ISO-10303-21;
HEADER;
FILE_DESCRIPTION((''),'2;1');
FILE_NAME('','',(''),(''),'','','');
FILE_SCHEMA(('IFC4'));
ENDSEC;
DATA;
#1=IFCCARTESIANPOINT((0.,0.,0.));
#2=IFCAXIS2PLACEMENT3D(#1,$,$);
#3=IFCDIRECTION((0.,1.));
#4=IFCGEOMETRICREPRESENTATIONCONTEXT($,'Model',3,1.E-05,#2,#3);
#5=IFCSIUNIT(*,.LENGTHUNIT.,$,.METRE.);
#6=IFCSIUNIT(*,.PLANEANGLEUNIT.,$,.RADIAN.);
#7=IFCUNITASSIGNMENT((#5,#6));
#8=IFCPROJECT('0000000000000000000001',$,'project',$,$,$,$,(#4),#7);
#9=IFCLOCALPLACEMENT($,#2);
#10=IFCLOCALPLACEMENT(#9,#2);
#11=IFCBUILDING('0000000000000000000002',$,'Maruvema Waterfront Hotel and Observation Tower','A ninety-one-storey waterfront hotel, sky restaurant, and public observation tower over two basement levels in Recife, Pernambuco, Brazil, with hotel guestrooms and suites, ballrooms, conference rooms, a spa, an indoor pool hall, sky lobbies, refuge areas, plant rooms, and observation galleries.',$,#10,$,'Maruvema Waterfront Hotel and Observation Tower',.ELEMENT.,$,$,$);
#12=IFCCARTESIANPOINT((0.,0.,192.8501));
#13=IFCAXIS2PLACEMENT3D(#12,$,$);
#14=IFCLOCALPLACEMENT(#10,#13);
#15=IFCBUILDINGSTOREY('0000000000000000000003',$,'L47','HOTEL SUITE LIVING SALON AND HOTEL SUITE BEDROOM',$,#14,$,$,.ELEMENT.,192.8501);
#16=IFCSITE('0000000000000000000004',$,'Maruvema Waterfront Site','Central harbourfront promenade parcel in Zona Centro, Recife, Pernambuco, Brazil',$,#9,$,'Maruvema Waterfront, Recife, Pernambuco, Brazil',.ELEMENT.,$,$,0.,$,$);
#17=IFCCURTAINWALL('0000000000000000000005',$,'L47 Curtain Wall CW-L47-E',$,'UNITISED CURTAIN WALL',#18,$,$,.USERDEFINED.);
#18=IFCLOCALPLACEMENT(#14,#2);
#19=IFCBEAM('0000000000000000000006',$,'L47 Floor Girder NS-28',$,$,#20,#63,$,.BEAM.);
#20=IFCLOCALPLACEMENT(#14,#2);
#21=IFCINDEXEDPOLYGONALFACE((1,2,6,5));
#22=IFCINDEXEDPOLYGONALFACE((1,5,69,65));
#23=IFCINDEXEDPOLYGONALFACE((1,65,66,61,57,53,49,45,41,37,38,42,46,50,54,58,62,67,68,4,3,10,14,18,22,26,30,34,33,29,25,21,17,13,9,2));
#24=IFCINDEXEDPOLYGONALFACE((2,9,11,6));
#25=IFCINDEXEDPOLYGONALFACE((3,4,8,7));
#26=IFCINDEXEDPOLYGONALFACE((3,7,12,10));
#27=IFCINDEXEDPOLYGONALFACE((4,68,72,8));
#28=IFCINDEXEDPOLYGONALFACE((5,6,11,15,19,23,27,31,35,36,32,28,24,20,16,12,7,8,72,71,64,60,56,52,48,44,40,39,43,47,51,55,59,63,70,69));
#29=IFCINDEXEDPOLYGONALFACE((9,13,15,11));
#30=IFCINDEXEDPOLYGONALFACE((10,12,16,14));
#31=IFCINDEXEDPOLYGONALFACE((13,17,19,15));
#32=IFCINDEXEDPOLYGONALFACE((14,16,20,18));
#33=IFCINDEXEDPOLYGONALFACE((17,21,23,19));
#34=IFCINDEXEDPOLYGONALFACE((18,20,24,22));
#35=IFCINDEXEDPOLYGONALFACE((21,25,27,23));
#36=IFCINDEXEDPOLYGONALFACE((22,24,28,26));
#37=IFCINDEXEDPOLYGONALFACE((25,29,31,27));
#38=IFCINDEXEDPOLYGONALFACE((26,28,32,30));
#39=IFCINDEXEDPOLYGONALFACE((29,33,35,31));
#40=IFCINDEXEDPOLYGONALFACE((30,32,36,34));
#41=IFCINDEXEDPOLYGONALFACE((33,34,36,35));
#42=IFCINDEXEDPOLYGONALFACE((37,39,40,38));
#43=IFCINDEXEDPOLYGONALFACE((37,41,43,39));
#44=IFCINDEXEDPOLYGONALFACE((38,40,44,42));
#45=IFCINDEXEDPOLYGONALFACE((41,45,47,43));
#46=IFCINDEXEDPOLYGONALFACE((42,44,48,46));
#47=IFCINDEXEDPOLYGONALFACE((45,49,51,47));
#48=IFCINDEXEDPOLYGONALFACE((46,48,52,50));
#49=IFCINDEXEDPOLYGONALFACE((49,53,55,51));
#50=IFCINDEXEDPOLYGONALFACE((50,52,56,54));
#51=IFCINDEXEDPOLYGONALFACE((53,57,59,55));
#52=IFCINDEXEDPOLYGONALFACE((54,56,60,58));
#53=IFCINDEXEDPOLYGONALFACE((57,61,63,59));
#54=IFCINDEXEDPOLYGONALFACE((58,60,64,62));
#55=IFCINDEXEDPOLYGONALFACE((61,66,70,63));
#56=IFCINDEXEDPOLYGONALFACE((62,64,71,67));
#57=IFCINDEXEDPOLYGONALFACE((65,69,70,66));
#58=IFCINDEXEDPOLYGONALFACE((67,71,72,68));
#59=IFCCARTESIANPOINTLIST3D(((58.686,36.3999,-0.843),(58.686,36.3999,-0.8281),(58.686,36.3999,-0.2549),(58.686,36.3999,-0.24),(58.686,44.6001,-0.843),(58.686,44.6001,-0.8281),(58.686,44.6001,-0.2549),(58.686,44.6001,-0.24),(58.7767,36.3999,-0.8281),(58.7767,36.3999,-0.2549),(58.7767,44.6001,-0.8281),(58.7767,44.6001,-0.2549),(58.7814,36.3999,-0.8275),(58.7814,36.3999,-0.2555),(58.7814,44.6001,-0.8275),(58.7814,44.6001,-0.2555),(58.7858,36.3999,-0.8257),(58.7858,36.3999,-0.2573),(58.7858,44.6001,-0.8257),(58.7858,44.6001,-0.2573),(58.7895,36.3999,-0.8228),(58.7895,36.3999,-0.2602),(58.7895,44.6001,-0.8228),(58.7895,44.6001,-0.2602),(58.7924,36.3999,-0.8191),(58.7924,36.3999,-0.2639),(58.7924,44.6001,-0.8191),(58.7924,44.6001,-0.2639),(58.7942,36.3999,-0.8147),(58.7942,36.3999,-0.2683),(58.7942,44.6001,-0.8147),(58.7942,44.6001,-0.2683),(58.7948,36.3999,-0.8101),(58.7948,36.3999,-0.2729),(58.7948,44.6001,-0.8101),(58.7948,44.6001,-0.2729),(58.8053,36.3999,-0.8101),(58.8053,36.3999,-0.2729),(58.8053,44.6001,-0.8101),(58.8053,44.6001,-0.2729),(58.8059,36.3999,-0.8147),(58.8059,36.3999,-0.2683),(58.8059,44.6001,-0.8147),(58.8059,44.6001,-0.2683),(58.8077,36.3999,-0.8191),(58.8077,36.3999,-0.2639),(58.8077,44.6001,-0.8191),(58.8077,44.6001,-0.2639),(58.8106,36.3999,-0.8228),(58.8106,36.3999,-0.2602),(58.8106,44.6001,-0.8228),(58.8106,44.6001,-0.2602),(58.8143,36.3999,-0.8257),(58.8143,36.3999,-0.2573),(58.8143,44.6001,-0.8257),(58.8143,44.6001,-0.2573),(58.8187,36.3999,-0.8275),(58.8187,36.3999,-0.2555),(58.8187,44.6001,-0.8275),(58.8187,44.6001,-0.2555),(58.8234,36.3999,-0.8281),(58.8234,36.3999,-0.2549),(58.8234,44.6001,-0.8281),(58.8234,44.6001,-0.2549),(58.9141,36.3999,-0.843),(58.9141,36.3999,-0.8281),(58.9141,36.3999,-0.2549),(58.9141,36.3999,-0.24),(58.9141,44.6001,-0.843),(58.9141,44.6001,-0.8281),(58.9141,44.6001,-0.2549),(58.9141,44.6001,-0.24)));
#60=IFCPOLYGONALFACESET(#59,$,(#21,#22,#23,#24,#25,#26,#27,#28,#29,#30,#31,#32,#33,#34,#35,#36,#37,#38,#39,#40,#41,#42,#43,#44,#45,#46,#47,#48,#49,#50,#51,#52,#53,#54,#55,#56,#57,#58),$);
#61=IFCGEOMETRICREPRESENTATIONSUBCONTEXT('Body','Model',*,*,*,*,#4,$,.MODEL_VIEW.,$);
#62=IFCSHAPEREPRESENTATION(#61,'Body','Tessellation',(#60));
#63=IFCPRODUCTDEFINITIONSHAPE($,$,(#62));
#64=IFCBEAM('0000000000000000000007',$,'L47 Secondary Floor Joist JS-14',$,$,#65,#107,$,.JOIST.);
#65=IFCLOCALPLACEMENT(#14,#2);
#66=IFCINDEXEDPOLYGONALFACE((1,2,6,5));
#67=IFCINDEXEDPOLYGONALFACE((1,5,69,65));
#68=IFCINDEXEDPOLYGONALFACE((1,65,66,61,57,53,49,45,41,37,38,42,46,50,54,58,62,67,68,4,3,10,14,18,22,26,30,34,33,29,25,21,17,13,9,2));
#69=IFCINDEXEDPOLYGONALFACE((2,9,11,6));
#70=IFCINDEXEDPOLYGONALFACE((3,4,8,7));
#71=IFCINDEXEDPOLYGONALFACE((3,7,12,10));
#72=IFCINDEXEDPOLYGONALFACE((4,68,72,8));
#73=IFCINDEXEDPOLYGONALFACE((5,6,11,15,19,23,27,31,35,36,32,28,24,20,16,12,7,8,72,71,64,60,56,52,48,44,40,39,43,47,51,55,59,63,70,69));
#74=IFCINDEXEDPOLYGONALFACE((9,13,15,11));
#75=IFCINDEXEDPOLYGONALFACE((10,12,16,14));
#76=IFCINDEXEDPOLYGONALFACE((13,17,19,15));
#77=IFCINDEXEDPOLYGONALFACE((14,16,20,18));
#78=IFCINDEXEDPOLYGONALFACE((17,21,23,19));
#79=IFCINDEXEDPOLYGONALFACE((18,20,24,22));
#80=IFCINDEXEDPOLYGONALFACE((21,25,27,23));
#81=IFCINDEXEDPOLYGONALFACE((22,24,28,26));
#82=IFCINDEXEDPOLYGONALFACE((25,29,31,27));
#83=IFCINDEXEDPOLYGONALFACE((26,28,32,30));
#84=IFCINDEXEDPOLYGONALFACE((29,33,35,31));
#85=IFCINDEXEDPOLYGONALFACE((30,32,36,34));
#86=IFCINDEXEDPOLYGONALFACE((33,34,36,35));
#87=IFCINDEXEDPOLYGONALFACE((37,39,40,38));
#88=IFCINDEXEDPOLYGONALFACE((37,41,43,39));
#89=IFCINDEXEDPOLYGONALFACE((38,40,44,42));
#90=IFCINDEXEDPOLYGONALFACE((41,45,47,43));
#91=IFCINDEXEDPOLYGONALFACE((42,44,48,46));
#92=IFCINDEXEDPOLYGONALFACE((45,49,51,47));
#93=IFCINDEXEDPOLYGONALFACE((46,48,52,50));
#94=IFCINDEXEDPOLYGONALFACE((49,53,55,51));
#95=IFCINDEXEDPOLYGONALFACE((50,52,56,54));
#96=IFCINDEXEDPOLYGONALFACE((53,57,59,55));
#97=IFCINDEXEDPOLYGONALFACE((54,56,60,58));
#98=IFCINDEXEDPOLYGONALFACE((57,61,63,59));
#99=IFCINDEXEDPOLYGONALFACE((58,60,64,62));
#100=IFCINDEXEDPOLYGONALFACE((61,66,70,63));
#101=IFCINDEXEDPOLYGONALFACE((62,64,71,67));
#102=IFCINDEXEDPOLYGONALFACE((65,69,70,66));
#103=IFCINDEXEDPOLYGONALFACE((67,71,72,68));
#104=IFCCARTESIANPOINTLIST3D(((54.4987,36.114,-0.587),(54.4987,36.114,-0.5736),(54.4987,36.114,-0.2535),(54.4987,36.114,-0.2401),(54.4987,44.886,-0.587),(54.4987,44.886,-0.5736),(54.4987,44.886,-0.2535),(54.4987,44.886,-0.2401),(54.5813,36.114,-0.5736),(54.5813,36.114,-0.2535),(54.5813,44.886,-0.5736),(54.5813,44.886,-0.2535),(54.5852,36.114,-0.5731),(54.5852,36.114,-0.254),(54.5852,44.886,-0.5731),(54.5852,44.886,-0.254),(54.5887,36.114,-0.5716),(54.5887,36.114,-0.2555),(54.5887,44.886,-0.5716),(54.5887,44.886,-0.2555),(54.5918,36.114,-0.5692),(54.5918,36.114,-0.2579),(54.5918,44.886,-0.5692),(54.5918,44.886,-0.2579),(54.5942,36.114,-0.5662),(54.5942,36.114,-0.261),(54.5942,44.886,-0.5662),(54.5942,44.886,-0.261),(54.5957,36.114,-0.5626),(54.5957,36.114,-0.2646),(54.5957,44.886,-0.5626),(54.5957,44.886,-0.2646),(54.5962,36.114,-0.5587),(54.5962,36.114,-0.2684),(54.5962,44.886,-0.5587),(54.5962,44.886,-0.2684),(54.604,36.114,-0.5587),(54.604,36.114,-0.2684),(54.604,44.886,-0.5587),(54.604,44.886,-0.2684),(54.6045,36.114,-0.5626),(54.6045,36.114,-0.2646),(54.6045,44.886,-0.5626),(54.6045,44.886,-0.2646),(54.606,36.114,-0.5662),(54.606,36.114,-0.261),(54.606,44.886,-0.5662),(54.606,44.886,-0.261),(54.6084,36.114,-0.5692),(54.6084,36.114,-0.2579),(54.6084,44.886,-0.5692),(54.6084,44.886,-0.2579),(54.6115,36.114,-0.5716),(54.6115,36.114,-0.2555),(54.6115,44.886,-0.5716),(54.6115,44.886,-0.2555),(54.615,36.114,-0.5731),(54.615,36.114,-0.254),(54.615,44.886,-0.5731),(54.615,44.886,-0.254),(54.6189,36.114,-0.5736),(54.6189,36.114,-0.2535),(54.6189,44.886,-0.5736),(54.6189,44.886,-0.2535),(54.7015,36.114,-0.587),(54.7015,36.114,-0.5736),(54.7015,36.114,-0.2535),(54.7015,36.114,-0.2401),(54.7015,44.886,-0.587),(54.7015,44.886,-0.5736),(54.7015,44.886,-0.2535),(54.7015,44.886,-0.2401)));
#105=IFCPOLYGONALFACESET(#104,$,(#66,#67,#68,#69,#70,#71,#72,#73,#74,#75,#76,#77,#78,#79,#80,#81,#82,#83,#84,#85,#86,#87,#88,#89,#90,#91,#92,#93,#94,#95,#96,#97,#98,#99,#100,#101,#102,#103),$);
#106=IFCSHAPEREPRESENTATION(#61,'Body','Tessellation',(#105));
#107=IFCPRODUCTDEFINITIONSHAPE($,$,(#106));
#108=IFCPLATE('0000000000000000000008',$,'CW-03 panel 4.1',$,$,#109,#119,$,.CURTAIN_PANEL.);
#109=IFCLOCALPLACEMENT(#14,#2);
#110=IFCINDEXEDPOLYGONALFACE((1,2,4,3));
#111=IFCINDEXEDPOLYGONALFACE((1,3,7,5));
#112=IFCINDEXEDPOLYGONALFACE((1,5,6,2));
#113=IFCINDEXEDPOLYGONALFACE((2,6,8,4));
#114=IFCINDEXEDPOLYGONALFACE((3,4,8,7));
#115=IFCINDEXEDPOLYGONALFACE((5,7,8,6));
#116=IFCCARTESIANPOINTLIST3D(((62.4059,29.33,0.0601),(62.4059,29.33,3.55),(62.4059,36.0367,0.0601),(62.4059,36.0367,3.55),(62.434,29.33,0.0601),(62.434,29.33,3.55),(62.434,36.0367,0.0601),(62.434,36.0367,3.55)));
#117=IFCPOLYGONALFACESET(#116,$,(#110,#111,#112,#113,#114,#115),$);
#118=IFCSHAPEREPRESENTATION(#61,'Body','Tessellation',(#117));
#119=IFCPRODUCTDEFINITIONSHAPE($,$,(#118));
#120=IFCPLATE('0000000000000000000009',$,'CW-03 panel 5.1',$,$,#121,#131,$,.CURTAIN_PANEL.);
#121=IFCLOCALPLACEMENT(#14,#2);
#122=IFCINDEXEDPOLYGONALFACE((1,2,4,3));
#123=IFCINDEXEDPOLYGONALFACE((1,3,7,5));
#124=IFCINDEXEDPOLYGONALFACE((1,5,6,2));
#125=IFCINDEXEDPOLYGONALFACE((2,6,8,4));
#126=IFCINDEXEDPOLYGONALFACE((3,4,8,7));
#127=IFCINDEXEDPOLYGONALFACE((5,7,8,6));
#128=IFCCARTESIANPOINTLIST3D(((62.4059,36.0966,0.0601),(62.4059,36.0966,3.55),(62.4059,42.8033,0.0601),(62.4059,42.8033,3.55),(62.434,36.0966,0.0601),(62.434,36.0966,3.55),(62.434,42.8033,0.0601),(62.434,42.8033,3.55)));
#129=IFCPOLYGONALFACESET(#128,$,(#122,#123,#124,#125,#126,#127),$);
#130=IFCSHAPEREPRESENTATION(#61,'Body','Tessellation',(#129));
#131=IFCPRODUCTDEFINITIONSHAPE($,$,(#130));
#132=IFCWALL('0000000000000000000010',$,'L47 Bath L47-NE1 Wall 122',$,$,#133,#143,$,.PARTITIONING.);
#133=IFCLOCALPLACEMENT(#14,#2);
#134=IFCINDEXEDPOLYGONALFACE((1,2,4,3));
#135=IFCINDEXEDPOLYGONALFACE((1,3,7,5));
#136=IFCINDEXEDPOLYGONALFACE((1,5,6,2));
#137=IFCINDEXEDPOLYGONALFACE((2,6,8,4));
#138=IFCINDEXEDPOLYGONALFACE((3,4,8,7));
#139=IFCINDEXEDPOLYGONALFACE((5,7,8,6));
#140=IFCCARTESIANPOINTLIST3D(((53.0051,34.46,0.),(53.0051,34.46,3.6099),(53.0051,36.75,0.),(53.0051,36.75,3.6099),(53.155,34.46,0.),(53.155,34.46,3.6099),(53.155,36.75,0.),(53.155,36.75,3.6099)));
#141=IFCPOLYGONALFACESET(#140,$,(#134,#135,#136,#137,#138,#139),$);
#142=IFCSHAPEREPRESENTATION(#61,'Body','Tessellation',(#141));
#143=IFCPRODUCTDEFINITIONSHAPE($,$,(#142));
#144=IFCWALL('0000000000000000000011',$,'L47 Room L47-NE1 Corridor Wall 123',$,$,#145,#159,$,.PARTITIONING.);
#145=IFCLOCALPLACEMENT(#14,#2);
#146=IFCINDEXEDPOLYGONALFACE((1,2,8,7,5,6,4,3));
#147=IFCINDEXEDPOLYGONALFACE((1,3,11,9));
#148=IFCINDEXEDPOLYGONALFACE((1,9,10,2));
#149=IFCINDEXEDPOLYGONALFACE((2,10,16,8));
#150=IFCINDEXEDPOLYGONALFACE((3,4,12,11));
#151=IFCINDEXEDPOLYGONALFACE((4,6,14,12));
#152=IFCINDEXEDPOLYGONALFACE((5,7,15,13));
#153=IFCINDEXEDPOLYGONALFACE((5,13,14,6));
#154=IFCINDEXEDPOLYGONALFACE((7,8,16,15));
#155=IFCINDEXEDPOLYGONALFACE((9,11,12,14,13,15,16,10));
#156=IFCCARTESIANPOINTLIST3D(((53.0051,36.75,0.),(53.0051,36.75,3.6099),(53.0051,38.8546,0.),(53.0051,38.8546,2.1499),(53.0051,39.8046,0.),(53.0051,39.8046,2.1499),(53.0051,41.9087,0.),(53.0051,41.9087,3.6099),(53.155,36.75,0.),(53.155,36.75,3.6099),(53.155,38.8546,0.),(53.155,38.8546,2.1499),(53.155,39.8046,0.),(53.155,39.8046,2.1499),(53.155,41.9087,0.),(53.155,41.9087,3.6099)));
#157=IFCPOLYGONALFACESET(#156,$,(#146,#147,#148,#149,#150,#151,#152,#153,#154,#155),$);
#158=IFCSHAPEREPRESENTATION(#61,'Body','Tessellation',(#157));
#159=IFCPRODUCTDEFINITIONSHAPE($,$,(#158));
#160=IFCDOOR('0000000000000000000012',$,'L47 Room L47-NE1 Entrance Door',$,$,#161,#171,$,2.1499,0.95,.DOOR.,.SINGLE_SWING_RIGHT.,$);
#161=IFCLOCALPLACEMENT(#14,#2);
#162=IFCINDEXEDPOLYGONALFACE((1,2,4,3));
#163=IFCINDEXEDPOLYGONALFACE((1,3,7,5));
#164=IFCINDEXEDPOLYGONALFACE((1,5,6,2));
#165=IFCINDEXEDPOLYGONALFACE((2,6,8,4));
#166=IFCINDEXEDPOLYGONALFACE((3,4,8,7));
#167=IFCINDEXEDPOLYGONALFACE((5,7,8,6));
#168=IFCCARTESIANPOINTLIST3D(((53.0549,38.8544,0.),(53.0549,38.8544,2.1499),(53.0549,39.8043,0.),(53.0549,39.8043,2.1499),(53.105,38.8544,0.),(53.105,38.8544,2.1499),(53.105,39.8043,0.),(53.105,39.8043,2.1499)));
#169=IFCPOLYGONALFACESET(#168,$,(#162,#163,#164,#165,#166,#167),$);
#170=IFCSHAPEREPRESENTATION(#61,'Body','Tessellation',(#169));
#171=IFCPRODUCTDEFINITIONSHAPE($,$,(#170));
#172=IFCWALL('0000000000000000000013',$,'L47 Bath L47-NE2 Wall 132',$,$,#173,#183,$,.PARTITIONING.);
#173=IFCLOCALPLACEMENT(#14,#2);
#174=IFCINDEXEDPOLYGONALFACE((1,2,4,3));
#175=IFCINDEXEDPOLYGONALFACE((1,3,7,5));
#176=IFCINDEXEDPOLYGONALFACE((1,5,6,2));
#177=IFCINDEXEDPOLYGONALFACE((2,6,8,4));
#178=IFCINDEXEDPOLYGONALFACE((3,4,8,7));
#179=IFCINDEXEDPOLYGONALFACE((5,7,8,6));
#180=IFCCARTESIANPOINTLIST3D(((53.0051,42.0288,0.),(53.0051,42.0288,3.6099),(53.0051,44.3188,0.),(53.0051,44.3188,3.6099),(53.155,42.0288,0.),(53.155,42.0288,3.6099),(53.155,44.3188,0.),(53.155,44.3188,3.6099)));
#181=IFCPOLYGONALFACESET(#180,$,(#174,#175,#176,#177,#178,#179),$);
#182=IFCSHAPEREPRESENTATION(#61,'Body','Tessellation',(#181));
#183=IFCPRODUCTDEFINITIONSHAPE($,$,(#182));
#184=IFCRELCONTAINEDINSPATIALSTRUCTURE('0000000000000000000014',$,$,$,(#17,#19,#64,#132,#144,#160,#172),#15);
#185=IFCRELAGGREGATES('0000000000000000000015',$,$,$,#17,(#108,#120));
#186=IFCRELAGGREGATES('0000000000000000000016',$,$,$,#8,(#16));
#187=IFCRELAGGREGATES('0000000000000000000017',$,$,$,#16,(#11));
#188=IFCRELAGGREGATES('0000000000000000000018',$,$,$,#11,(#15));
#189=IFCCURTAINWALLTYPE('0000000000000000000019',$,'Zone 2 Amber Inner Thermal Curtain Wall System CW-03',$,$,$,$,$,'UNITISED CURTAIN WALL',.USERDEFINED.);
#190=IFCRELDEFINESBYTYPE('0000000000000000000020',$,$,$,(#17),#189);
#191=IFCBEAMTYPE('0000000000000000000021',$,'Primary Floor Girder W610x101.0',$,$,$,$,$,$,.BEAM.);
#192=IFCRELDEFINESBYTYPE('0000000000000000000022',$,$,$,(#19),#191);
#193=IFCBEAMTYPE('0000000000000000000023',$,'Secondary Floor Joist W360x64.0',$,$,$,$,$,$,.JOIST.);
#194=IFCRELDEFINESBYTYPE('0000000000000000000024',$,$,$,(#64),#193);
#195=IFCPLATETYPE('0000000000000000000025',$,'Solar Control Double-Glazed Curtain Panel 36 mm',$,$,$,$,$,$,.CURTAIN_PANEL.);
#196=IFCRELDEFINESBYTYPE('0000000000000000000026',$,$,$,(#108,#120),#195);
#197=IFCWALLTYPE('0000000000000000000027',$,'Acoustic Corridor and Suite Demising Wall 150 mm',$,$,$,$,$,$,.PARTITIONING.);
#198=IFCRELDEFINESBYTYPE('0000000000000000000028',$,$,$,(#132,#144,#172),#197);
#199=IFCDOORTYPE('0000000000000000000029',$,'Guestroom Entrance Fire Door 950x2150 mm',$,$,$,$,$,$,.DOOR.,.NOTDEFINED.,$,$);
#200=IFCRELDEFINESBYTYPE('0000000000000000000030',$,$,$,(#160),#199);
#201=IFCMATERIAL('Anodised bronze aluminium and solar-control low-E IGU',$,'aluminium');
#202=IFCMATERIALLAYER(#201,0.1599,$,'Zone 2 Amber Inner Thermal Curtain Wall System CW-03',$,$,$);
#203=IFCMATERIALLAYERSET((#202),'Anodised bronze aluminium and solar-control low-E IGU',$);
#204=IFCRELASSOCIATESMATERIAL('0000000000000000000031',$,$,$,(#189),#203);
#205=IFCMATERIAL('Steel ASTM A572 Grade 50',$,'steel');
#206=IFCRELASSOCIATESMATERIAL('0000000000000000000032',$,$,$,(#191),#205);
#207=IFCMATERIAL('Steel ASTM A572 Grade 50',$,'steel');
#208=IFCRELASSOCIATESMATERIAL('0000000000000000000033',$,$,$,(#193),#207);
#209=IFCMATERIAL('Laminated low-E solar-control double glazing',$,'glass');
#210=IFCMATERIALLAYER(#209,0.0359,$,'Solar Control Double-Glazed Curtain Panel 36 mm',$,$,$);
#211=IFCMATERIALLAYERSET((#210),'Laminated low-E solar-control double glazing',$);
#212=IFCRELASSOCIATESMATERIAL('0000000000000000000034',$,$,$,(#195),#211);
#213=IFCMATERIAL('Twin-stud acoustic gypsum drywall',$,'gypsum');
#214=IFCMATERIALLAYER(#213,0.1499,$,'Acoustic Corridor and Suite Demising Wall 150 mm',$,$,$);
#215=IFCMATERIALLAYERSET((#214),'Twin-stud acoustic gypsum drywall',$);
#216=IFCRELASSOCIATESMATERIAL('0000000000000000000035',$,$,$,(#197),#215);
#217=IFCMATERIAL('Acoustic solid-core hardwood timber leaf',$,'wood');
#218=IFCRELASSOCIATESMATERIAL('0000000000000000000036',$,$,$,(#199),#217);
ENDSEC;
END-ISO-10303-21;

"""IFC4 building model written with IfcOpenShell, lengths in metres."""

from ifc_helpers import new_model, si_unit, direction, frame, frame_2d, origin, origin_2d, place, context, subcontext, project, spatial, rectangle, i_section, extrude, material, layer, layer_set, material_profile, profile_set, type_object, element, fill, aggregate, save


model = new_model("IFC4")

# Units and contexts
model_context = context("Model", 3, precision=1e-05, world=origin(), true_north=direction((0.0, 1.0)))
body_context = subcontext(model_context, "Body", "Model", "MODEL_VIEW")
ifc_project = project(units=[si_unit("LENGTHUNIT", "METRE"), si_unit("PLANEANGLEUNIT", "RADIAN")], contexts=[model_context])

# Site, building, storey
site_placement = place(None, origin())
site = spatial("IfcSite", under=ifc_project, at=site_placement, Name="Maruvema Waterfront Site", Description="Central harbourfront promenade parcel in Zona Centro, Recife, Pernambuco, Brazil", LongName="Maruvema Waterfront, Recife, Pernambuco, Brazil", CompositionType="ELEMENT", RefElevation=0.0)
building_placement = place(site_placement, origin())
building = spatial("IfcBuilding", under=site, at=building_placement, Name="Maruvema Waterfront Hotel and Observation Tower", Description="A ninety-one-storey waterfront hotel, sky restaurant, and public observation tower over two basement levels in Recife, Pernambuco, Brazil, with hotel guestrooms and suites, ballrooms, conference rooms, a spa, an indoor pool hall, sky lobbies, refuge areas, plant rooms, and observation galleries.", LongName="Maruvema Waterfront Hotel and Observation Tower", CompositionType="ELEMENT")
storey_placement = place(building_placement, frame((0.0, 0.0, 192.8501)))
storey = spatial("IfcBuildingStorey", under=building, at=storey_placement, Name="L47", Description="HOTEL SUITE LIVING SALON AND HOTEL SUITE BEDROOM", CompositionType="ELEMENT", Elevation=192.8501)

# Curtain wall
ifc_material_1 = material(Name="Anodised bronze aluminium and solar-control low-E IGU", Category="aluminium")
ifc_layer_1 = layer(ifc_material_1, 0.1599, Name="Zone 2 Amber Inner Thermal Curtain Wall System CW-03")
ifc_layer_set_1 = layer_set([ifc_layer_1], Name="Anodised bronze aluminium and solar-control low-E IGU")
curtain_wall_type = type_object("IfcCurtainWallType", Name="Zone 2 Amber Inner Thermal Curtain Wall System CW-03", ElementType="UNITISED CURTAIN WALL", PredefinedType="USERDEFINED", material=ifc_layer_set_1)
curtain_wall_placement = place(storey_placement, origin())
curtain_wall = element("IfcCurtainWall", 1, at=curtain_wall_placement, inside=storey, type_object=curtain_wall_type, Name="L47 Curtain Wall CW-L47-E", ObjectType="UNITISED CURTAIN WALL", PredefinedType="USERDEFINED")

# Beams
ifc_material_2 = material(Name="Steel ASTM A572 Grade 50", Category="steel")
ifc_material_profile_1 = material_profile(ifc_material_2, i_section(OverallWidth=0.228, OverallDepth=0.603, WebThickness=0.0105, FlangeThickness=0.0149, FilletRadius=0.0181, at=origin_2d()), Name="W610x101.0")
ifc_profile_set_1 = profile_set([ifc_material_profile_1], Name="Steel ASTM A572 Grade 50")
beam_type_1 = type_object("IfcBeamType", Name="Primary Floor Girder W610x101.0", PredefinedType="BEAM", material=ifc_profile_set_1)
beam_1_placement = place(storey_placement, frame((58.8, 36.3999, -0.5415), z_axis=(0.0, 1.0, 0.0), x_axis=(-1.0, 0.0, 0.0)))
element("IfcBeam", 2, at=beam_1_placement, inside=storey, type_object=beam_type_1, Name="L47 Floor Girder NS-28", PredefinedType="BEAM", context=body_context, shape_type="SweptSolid", body=[
    extrude(i_section(OverallWidth=0.228, OverallDepth=0.603, WebThickness=0.0105, FlangeThickness=0.0149, FilletRadius=0.0181, at=origin_2d()), origin(), (0.0, 0.0, 1.0), 8.2002),
])
ifc_material_3 = material(Name="Steel ASTM A572 Grade 50", Category="steel")
ifc_material_profile_2 = material_profile(ifc_material_3, i_section(OverallWidth=0.2029, OverallDepth=0.3469, WebThickness=0.0078, FlangeThickness=0.0134, FilletRadius=0.0149, at=origin_2d()), Name="W360x64.0")
ifc_profile_set_2 = profile_set([ifc_material_profile_2], Name="Steel ASTM A572 Grade 50")
beam_type_2 = type_object("IfcBeamType", Name="Secondary Floor Joist W360x64.0", PredefinedType="JOIST", material=ifc_profile_set_2)
beam_2_placement = place(storey_placement, frame((54.6001, 36.114, -0.4136), z_axis=(0.0, 1.0, 0.0), x_axis=(-1.0, 0.0, 0.0)))
element("IfcBeam", 3, at=beam_2_placement, inside=storey, type_object=beam_type_2, Name="L47 Secondary Floor Joist JS-14", PredefinedType="JOIST", context=body_context, shape_type="SweptSolid", body=[
    extrude(i_section(OverallWidth=0.2029, OverallDepth=0.3469, WebThickness=0.0078, FlangeThickness=0.0134, FilletRadius=0.0149, at=origin_2d()), origin(), (0.0, 0.0, 1.0), 8.772),
])

# Plates
ifc_material_4 = material(Name="Laminated low-E solar-control double glazing", Category="glass")
ifc_layer_2 = layer(ifc_material_4, 0.0359, Name="Solar Control Double-Glazed Curtain Panel 36 mm")
ifc_layer_set_2 = layer_set([ifc_layer_2], Name="Laminated low-E solar-control double glazing")
plate_type = type_object("IfcPlateType", Name="Solar Control Double-Glazed Curtain Panel 36 mm", PredefinedType="CURTAIN_PANEL", material=ifc_layer_set_2)
plate_1_placement = place(storey_placement, frame((62.4199, 32.6833, 0.0601), z_axis=(0.0, 0.0, 1.0), x_axis=(0.0, 1.0, 0.0)))
plate_1 = element("IfcPlate", 4, at=plate_1_placement, type_object=plate_type, Name="CW-03 panel 4.1", PredefinedType="CURTAIN_PANEL", context=body_context, shape_type="SweptSolid", body=[
    extrude(rectangle(XDim=6.7068, YDim=0.0281, at=origin_2d()), origin(), (0.0, 0.0, 1.0), 3.49),
])
plate_2_placement = place(storey_placement, frame((62.4199, 39.45, 0.0601), z_axis=(0.0, 0.0, 1.0), x_axis=(0.0, 1.0, 0.0)))
plate_2 = element("IfcPlate", 5, at=plate_2_placement, type_object=plate_type, Name="CW-03 panel 5.1", PredefinedType="CURTAIN_PANEL", context=body_context, shape_type="SweptSolid", body=[
    extrude(rectangle(XDim=6.7068, YDim=0.0281, at=origin_2d()), origin(), (0.0, 0.0, 1.0), 3.49),
])
aggregate(curtain_wall, [plate_1, plate_2])

# Wall
ifc_material_5 = material(Name="Twin-stud acoustic gypsum drywall", Category="gypsum")
ifc_layer_3 = layer(ifc_material_5, 0.1499, Name="Acoustic Corridor and Suite Demising Wall 150 mm")
ifc_layer_set_3 = layer_set([ifc_layer_3], Name="Twin-stud acoustic gypsum drywall")
wall_type_1 = type_object("IfcWallType", Name="Acoustic Corridor and Suite Demising Wall 150 mm", PredefinedType="PARTITIONING", material=ifc_layer_set_3)
wall_1_placement = place(storey_placement, frame((53.0801, 34.46, 0.0), z_axis=(0.0, 0.0, 1.0), x_axis=(0.0, 1.0, 0.0)))
element("IfcWall", 6, at=wall_1_placement, inside=storey, type_object=wall_type_1, Name="L47 Bath L47-NE1 Wall 122", PredefinedType="PARTITIONING", context=body_context, shape_type="SweptSolid", body=[
    extrude(rectangle(XDim=2.29, YDim=0.1499, at=frame_2d((1.145, 0.0))), origin(), (0.0, 0.0, 1.0), 3.6099),
])

# Wall, opening, door
wall_2_placement = place(storey_placement, frame((53.0801, 36.75, 0.0), z_axis=(0.0, 0.0, 1.0), x_axis=(0.0, 1.0, 0.0)))
wall_2 = element("IfcWall", 7, at=wall_2_placement, inside=storey, type_object=wall_type_1, Name="L47 Room L47-NE1 Corridor Wall 123", PredefinedType="PARTITIONING", context=body_context, shape_type="SweptSolid", body=[
    extrude(rectangle(XDim=5.1587, YDim=0.1499, at=frame_2d((2.5793, 0.0))), origin(), (0.0, 0.0, 1.0), 3.6099),
])
opening_1_placement = place(wall_2_placement, frame((2.1045, 0.0, 0.0)))
opening_1 = element("IfcOpeningElement", 8, at=opening_1_placement, cuts=wall_2, PredefinedType="OPENING", context=body_context, shape_type="SweptSolid", body=[
    extrude(rectangle(XDim=0.95, YDim=2.1499, at=frame_2d((0.4751, 1.075))), frame((0.0, 0.085, 0.0), z_axis=(0.0, -1.0, 0.0), x_axis=(1.0, 0.0, 0.0)), (0.0, 0.0, 1.0), 0.1699),
])
ifc_material_6 = material(Name="Acoustic solid-core hardwood timber leaf", Category="wood")
door_type_1 = type_object("IfcDoorType", Name="Guestroom Entrance Fire Door 950x2150 mm", OperationType="NOTDEFINED", PredefinedType="DOOR", material=ifc_material_6)
door_1_placement = place(opening_1_placement, frame((0.95, 0.0, 0.0), z_axis=(0.0, 0.0, 1.0), x_axis=(-1.0, 0.0, 0.0)))
door_1 = element("IfcDoor", 9, at=door_1_placement, inside=storey, type_object=door_type_1, Name="L47 Room L47-NE1 Entrance Door", OperationType="SINGLE_SWING_RIGHT", OverallHeight=2.1499, OverallWidth=0.95, PredefinedType="DOOR", context=body_context, shape_type="SweptSolid", body=[
    extrude(rectangle(XDim=0.95, YDim=2.1499, at=frame_2d((0.4751, 1.075))), frame((0.0, 0.0249, 0.0), z_axis=(0.0, -1.0, 0.0), x_axis=(1.0, 0.0, 0.0)), (0.0, 0.0, 1.0), 0.05),
])
fill(opening_1, door_1)

# Wall
wall_3_placement = place(storey_placement, frame((53.0801, 42.0288, 0.0), z_axis=(0.0, 0.0, 1.0), x_axis=(0.0, 1.0, 0.0)))
element("IfcWall", 10, at=wall_3_placement, inside=storey, type_object=wall_type_1, Name="L47 Bath L47-NE2 Wall 132", PredefinedType="PARTITIONING", context=body_context, shape_type="SweptSolid", body=[
    extrude(rectangle(XDim=2.29, YDim=0.1499, at=frame_2d((1.145, 0.0))), origin(), (0.0, 0.0, 1.0), 3.6099),
])

save(model, "model.ifc")
